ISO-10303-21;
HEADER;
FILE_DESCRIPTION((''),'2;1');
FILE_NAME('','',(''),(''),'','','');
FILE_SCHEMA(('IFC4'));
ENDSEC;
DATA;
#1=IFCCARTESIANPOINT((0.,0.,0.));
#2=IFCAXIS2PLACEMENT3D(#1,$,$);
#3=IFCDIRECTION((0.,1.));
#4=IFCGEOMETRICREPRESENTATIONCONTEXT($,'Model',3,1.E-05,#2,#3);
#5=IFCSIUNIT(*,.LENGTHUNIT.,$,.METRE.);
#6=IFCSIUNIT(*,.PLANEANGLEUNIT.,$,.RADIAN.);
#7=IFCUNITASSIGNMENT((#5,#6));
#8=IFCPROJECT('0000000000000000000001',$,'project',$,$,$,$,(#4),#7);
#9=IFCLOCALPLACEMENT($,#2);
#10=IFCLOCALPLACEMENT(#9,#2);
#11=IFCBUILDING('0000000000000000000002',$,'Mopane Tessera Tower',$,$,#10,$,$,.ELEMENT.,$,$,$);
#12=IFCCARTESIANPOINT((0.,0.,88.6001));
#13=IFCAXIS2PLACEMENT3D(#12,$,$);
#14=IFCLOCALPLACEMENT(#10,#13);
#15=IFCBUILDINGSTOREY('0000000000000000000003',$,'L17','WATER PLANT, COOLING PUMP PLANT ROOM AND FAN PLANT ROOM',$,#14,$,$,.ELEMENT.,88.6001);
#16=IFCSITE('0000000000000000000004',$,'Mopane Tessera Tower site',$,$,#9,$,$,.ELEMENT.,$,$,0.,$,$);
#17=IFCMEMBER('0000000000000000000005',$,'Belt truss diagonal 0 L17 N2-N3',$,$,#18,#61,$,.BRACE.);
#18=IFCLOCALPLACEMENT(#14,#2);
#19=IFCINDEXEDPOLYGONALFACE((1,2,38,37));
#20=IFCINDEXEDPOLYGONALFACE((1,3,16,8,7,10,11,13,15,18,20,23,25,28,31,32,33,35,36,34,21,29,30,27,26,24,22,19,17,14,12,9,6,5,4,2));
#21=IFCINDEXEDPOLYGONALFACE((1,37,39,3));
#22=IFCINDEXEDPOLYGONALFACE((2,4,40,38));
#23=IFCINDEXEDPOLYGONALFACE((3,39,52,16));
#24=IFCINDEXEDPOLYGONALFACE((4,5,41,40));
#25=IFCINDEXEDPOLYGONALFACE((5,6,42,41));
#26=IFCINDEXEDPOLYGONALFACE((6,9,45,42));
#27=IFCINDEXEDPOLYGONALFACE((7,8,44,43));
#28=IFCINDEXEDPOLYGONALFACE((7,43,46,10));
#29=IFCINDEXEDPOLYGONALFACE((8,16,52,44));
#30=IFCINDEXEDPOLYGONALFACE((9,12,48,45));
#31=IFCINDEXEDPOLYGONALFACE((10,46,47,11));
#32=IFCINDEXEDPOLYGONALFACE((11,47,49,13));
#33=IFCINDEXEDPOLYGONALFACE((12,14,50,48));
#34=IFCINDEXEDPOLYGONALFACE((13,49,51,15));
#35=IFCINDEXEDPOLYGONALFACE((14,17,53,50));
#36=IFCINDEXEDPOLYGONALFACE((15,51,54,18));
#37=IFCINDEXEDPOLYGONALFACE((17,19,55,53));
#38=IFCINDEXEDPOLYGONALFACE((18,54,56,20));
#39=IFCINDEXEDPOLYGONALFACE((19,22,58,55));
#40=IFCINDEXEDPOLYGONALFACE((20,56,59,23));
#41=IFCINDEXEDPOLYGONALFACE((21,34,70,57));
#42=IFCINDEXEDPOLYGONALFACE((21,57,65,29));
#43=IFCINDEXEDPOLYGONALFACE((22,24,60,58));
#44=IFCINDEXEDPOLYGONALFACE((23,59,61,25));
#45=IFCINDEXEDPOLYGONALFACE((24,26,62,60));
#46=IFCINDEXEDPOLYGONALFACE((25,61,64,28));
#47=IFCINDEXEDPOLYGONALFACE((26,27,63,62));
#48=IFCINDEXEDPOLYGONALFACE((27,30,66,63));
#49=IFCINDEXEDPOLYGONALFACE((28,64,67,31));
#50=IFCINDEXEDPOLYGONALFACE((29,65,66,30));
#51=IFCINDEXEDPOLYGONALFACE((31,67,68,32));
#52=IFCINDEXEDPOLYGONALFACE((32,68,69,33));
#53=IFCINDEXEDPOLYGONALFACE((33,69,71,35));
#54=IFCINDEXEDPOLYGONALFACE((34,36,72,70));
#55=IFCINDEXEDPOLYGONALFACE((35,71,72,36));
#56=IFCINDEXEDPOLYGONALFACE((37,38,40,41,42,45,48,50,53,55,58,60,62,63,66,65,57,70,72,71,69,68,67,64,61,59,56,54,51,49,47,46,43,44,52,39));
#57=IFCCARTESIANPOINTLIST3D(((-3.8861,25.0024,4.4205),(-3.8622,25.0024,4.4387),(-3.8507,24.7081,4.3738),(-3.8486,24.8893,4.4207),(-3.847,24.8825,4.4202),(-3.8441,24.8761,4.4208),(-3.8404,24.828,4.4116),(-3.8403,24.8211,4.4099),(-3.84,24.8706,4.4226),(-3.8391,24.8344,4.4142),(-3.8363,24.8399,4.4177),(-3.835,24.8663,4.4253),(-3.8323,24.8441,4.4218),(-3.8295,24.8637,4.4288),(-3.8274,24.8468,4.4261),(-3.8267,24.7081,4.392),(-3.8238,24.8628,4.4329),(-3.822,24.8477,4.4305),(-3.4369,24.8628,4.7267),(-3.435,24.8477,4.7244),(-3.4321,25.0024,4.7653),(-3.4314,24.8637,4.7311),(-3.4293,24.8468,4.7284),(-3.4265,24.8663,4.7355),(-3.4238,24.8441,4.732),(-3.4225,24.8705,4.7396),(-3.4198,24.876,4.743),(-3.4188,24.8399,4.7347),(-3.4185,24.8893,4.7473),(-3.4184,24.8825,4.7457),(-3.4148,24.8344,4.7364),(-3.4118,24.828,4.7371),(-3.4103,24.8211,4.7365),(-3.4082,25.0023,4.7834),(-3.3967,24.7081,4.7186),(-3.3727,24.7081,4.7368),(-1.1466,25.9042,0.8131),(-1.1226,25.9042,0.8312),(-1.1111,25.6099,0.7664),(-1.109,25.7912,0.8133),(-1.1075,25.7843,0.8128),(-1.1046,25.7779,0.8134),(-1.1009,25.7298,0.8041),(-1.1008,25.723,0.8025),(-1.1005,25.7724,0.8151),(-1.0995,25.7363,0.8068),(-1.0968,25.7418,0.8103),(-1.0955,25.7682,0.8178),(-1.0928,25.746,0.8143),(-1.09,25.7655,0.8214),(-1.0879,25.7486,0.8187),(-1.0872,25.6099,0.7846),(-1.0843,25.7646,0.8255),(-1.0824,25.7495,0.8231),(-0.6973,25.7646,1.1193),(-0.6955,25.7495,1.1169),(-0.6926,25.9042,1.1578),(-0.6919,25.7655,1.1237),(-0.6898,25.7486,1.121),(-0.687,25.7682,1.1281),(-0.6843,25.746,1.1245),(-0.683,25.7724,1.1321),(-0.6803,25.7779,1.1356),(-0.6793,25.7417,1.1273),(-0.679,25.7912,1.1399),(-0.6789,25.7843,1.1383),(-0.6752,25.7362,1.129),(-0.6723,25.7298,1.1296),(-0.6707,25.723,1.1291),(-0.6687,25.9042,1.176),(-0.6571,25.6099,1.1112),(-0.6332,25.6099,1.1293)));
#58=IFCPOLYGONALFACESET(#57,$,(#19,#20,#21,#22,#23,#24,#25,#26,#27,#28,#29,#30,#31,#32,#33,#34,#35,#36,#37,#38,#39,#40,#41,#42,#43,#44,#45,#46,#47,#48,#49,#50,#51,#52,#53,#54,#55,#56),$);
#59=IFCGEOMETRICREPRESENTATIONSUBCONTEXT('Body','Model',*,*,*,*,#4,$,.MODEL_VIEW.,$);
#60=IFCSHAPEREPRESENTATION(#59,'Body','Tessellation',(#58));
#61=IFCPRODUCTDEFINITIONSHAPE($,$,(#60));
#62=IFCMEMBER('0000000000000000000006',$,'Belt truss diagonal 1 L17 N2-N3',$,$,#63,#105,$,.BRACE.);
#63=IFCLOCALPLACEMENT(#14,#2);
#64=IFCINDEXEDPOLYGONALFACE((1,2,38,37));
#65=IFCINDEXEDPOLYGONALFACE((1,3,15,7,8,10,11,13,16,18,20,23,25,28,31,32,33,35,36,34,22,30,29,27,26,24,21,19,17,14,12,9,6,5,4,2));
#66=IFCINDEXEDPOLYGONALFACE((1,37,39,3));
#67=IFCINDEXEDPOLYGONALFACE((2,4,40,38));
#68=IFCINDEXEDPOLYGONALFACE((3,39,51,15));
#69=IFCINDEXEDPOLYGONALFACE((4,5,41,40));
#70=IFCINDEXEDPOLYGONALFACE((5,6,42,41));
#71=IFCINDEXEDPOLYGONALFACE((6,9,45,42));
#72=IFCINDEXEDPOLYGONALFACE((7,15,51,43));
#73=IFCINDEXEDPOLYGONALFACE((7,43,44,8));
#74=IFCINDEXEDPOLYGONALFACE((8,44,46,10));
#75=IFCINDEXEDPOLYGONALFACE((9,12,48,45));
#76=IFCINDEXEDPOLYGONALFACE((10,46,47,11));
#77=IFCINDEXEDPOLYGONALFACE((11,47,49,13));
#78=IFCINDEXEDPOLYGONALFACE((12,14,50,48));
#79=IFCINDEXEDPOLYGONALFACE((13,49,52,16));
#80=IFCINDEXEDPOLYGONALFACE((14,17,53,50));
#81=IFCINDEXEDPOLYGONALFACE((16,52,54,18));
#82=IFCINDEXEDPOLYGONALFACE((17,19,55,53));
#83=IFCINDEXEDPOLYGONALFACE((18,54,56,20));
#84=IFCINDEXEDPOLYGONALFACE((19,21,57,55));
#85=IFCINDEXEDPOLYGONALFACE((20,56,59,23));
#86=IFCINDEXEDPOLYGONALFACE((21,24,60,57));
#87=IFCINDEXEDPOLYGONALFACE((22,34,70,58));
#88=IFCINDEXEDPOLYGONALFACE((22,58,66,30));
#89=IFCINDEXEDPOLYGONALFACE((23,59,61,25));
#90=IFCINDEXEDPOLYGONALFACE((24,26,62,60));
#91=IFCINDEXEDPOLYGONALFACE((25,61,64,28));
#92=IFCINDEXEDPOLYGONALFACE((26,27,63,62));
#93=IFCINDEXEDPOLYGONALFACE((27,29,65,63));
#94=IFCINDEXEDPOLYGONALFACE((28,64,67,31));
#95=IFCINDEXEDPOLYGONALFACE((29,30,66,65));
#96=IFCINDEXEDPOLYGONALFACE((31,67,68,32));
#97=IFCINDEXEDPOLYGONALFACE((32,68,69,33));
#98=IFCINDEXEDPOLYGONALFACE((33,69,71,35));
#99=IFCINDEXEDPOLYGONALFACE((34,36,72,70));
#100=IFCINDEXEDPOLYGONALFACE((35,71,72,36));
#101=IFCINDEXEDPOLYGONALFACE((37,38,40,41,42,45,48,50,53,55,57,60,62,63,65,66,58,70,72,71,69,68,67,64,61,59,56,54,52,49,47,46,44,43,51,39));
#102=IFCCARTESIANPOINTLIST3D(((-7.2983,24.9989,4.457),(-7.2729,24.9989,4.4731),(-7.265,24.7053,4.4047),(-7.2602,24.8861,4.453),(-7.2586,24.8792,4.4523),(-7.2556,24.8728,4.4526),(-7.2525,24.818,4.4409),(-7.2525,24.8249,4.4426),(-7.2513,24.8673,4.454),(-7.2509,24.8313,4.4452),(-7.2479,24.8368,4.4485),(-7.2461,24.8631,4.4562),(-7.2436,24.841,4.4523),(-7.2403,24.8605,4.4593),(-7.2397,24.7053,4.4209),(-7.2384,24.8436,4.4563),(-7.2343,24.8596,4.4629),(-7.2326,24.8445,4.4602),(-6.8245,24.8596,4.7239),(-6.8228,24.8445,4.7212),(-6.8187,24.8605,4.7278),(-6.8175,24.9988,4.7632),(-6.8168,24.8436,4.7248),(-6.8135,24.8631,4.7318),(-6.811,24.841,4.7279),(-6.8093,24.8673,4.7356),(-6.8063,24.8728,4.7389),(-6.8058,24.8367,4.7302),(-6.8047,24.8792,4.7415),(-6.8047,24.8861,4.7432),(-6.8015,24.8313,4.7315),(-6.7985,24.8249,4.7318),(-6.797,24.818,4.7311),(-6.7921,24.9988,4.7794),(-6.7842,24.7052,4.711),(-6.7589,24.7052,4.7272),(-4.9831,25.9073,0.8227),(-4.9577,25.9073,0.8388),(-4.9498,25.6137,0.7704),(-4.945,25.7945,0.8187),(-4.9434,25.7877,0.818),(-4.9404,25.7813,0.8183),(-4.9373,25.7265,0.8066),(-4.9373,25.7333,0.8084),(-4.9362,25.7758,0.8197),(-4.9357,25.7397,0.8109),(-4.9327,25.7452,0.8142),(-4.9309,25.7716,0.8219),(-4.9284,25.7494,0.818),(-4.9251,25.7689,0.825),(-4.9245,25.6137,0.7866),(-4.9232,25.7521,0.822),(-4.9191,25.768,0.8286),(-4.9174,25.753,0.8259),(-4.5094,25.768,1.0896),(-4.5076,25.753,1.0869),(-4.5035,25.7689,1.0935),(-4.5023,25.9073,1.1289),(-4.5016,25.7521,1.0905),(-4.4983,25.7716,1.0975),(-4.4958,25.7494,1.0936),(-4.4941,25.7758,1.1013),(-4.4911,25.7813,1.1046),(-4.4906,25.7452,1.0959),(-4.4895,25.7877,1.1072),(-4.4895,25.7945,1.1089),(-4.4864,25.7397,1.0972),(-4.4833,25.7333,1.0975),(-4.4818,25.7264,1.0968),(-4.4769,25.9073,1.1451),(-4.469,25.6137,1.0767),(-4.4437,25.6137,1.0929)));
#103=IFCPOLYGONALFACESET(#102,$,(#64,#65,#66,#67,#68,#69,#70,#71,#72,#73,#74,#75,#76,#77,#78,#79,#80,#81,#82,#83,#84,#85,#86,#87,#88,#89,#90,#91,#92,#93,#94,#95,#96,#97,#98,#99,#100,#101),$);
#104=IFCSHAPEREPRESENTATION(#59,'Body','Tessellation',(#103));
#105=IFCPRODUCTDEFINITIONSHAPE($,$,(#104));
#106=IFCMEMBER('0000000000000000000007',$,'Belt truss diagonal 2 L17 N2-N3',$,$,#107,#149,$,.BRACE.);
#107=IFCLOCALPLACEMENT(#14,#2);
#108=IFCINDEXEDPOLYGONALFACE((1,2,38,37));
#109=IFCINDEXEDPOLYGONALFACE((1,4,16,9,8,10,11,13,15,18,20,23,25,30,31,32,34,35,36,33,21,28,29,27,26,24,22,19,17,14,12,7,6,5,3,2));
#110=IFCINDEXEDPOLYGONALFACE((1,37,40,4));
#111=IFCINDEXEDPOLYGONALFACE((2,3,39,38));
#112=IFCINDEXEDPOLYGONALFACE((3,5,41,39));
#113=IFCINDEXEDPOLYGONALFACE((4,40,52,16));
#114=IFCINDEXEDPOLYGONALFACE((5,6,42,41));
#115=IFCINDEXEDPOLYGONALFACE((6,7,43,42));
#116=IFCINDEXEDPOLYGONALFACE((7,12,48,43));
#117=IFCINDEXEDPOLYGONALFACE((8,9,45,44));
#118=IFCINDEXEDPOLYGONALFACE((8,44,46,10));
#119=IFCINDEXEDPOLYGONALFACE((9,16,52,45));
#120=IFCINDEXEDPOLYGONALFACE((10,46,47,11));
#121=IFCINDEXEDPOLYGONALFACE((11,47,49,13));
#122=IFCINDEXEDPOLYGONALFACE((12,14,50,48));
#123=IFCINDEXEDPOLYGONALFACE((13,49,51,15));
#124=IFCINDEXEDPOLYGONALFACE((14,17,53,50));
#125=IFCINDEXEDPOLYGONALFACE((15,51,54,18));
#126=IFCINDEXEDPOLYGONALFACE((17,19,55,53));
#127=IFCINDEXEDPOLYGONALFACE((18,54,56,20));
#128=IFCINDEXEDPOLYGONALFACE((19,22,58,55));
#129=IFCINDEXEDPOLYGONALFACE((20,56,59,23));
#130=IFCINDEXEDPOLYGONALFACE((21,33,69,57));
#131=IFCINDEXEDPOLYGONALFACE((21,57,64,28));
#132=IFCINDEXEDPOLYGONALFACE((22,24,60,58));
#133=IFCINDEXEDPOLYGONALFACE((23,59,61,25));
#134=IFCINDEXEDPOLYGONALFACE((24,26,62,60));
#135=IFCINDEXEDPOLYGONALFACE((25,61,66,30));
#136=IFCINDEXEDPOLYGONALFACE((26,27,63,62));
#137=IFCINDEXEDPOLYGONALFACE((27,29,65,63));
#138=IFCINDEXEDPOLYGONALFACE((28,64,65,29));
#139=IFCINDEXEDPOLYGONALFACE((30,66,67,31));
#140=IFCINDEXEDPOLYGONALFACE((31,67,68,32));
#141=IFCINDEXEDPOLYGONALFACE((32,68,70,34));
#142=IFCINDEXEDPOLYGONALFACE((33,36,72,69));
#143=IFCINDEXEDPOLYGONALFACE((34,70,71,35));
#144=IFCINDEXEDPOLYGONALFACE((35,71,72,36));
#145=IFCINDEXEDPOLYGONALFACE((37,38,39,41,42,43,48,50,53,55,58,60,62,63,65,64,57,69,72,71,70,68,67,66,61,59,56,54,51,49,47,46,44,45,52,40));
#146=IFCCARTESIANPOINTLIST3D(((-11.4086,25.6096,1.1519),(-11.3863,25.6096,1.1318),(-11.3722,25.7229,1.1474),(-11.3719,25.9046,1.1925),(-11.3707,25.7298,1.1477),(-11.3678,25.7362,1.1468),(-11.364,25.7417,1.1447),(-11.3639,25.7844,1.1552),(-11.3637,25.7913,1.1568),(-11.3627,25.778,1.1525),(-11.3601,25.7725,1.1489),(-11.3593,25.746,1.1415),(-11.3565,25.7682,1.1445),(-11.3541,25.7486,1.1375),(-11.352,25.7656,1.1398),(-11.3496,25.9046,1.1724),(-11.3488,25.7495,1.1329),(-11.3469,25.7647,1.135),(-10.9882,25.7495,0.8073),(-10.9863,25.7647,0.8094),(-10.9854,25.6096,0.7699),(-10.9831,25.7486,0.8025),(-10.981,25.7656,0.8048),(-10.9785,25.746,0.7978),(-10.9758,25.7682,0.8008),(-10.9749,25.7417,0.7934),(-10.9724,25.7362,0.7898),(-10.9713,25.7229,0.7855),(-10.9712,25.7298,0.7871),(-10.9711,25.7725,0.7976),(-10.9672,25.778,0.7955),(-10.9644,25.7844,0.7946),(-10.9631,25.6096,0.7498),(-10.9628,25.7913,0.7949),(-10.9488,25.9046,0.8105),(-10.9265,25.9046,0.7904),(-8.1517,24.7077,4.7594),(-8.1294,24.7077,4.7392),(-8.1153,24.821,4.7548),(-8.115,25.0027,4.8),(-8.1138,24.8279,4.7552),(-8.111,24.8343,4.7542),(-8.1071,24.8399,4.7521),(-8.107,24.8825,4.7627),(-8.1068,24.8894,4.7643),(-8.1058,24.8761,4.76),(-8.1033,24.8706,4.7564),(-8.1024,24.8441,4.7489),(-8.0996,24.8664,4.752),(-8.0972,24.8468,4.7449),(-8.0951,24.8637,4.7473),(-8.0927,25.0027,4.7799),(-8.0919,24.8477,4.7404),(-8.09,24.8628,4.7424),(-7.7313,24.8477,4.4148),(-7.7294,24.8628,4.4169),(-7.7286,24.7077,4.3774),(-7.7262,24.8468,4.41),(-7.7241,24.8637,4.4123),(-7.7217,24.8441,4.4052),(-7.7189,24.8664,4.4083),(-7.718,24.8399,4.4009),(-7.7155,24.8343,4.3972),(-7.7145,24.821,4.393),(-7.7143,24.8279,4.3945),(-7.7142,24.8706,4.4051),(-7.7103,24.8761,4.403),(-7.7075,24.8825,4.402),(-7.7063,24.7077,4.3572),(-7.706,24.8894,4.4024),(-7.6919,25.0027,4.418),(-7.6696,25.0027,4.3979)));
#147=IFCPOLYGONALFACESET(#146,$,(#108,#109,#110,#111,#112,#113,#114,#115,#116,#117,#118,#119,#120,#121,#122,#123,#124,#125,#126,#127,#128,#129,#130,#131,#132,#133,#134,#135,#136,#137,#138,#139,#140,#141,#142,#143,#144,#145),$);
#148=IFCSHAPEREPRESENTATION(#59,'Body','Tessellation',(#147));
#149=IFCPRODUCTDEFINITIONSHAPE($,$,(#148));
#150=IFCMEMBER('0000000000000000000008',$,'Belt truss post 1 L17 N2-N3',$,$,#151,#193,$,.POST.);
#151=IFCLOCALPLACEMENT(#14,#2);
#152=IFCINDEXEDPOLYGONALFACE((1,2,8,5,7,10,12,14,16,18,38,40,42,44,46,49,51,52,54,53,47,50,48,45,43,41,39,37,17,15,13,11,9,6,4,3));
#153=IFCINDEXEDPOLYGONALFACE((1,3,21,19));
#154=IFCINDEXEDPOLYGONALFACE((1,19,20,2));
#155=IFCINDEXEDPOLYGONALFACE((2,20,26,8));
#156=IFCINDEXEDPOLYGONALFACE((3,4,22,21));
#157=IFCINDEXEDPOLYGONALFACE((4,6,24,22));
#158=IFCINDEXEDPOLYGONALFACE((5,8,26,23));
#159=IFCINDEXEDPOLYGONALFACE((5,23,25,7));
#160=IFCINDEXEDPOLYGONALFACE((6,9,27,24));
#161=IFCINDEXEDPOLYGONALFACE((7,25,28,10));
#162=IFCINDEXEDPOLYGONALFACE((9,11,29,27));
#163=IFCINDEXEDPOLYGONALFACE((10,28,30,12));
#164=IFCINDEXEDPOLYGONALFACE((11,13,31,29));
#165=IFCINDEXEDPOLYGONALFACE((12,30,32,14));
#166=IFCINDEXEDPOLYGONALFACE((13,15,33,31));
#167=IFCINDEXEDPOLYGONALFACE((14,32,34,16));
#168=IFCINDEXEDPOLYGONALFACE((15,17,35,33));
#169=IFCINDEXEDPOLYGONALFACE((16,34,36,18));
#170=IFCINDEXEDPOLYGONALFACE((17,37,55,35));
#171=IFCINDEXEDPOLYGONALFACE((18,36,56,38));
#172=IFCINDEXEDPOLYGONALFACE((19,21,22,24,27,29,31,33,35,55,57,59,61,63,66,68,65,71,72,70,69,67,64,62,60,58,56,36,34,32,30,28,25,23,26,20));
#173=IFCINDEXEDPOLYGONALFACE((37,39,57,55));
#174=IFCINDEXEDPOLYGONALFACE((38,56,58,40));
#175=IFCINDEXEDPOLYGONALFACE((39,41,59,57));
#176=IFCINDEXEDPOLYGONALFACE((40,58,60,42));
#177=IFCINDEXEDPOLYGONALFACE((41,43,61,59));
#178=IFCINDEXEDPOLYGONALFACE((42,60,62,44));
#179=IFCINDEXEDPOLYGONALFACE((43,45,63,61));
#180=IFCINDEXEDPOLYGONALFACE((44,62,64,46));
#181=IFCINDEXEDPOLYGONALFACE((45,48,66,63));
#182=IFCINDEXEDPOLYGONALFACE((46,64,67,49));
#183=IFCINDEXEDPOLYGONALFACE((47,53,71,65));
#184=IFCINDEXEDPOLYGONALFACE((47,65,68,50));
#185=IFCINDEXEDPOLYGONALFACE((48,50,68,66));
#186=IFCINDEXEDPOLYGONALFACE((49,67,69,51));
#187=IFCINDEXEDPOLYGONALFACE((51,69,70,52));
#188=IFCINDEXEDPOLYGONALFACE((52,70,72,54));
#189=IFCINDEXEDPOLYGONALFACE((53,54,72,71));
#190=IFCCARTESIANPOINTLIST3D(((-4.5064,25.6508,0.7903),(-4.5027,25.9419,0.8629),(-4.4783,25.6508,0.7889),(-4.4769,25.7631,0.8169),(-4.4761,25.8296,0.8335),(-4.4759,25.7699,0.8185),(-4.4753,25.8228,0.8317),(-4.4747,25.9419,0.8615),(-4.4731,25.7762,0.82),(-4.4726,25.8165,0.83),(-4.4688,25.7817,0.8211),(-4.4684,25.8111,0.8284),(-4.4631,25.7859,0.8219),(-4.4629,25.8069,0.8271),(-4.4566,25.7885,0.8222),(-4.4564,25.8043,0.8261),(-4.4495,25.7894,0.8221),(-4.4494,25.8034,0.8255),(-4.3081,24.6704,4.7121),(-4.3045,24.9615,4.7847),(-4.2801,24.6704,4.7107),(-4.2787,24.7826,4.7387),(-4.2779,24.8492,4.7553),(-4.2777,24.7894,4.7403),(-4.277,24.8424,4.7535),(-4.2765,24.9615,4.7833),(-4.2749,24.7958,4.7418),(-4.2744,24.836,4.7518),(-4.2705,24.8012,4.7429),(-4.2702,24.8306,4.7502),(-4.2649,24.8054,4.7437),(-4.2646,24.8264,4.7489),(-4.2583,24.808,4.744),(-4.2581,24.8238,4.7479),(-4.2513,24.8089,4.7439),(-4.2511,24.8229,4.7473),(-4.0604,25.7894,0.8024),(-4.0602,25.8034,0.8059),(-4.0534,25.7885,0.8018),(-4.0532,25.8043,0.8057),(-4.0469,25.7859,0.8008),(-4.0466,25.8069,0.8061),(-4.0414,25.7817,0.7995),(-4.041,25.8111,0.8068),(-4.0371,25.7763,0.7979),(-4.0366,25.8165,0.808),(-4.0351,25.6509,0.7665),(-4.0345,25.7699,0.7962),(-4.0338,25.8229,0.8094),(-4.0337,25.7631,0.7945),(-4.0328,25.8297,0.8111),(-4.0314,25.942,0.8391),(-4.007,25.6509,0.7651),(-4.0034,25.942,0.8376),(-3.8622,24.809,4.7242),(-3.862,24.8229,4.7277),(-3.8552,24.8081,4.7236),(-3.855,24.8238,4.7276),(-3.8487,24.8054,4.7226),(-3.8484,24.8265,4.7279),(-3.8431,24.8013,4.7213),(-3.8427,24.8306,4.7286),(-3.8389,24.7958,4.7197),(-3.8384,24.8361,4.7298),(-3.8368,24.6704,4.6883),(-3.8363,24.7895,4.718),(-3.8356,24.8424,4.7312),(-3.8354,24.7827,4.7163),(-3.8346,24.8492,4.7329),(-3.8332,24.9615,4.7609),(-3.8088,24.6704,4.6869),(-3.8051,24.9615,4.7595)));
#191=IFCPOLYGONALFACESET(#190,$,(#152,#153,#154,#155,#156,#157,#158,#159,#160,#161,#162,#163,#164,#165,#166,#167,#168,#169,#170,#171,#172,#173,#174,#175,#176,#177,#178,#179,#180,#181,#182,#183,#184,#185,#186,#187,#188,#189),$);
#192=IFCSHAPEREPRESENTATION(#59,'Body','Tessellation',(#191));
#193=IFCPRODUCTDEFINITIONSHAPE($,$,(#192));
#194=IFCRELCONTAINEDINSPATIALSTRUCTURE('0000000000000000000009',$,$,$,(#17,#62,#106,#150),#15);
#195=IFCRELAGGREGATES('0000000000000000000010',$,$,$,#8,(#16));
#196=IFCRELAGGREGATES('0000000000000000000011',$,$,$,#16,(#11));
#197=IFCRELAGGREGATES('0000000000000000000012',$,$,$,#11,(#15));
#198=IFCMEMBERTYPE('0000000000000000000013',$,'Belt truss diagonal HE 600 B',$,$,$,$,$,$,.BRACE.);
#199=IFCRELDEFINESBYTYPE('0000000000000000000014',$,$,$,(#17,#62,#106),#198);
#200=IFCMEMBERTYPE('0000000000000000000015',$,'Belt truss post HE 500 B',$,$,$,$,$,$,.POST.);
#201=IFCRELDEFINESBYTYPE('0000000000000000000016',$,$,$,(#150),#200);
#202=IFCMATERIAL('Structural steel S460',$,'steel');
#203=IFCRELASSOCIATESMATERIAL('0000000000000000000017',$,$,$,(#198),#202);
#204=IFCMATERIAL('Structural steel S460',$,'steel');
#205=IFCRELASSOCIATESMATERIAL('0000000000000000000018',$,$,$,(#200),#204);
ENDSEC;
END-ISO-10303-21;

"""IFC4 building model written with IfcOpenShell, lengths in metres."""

from ifc_helpers import new_model, si_unit, direction, frame, origin, origin_2d, place, context, subcontext, project, spatial, i_section, extrude, material, material_profile, profile_set, type_object, element, save


model = new_model("IFC4")

# Units and contexts
model_context = context("Model", 3, precision=1e-05, world=origin(), true_north=direction((0.0, 1.0)))
body_context = subcontext(model_context, "Body", "Model", "MODEL_VIEW")
ifc_project = project(units=[si_unit("LENGTHUNIT", "METRE"), si_unit("PLANEANGLEUNIT", "RADIAN")], contexts=[model_context])

# Site, building, storey
site_placement = place(None, origin())
site = spatial("IfcSite", under=ifc_project, at=site_placement, Name="Mopane Tessera Tower site", CompositionType="ELEMENT", RefElevation=0.0)
building_placement = place(site_placement, origin())
building = spatial("IfcBuilding", under=site, at=building_placement, Name="Mopane Tessera Tower", CompositionType="ELEMENT")
storey_placement = place(building_placement, frame((0.0, 0.0, 88.6001)))
storey = spatial("IfcBuildingStorey", under=building, at=storey_placement, Name="L17", Description="WATER PLANT, COOLING PUMP PLANT ROOM AND FAN PLANT ROOM", CompositionType="ELEMENT", Elevation=88.6001)

# Members
ifc_material_1 = material(Name="Structural steel S460", Category="steel")
ifc_material_profile_1 = material_profile(ifc_material_1, i_section(OverallWidth=0.3, OverallDepth=0.6001, WebThickness=0.0154, FlangeThickness=0.03, FilletRadius=0.0271, at=origin_2d()))
ifc_profile_set_1 = profile_set([ifc_material_profile_1], Name="Structural steel S460")
member_type_1 = type_object("IfcMemberType", Name="Belt truss diagonal HE 600 B", PredefinedType="BRACE", material=ifc_profile_set_1)
member_1_placement = place(storey_placement, frame((-0.8899, 25.7571, 0.9712), z_axis=(-0.593142, -0.195265, 0.78106), x_axis=(0.118077, -0.980751, -0.155519)))
element("IfcMember", 1, at=member_1_placement, inside=storey, type_object=member_type_1, Name="Belt truss diagonal 0 L17 N2-N3", PredefinedType="BRACE", context=body_context, shape_type="SweptSolid", body=[
    extrude(i_section(OverallWidth=0.3, OverallDepth=0.6001, WebThickness=0.0154, FlangeThickness=0.03, FilletRadius=0.0271, at=origin_2d()), origin(), (0.0, 0.0, 1.0), 4.6187),
])
member_2_placement = place(storey_placement, frame((-4.7134, 25.7605, 0.9578), z_axis=(-0.525726, -0.206288, 0.825262), x_axis=(0.110803, -0.978491, -0.174004)))
element("IfcMember", 2, at=member_2_placement, inside=storey, type_object=member_type_1, Name="Belt truss diagonal 1 L17 N2-N3", PredefinedType="BRACE", context=body_context, shape_type="SweptSolid", body=[
    extrude(i_section(OverallWidth=0.3, OverallDepth=0.6001, WebThickness=0.0154, FlangeThickness=0.03, FilletRadius=0.0271, at=origin_2d()), origin(), (0.0, 0.0, 1.0), 4.4038),
])
member_3_placement = place(storey_placement, frame((-7.9106, 24.8552, 4.5786), z_axis=(-0.658871, 0.182449, -0.729796), x_axis=(-0.12226, -0.983215, -0.135426)))
element("IfcMember", 3, at=member_3_placement, inside=storey, type_object=member_type_1, Name="Belt truss diagonal 2 L17 N2-N3", PredefinedType="BRACE", context=body_context, shape_type="SweptSolid", body=[
    extrude(i_section(OverallWidth=0.3, OverallDepth=0.6001, WebThickness=0.0154, FlangeThickness=0.03, FilletRadius=0.0271, at=origin_2d()), origin(), (0.0, 0.0, 1.0), 4.9431),
])
ifc_material_2 = material(Name="Structural steel S460", Category="steel")
ifc_material_profile_2 = material_profile(ifc_material_2, i_section(OverallWidth=0.3, OverallDepth=0.5, WebThickness=0.0144, FlangeThickness=0.0281, FilletRadius=0.0271, at=origin_2d()))
ifc_profile_set_2 = profile_set([ifc_material_profile_2], Name="Structural steel S460")
member_type_2 = type_object("IfcMemberType", Name="Belt truss post HE 500 B", PredefinedType="POST", material=ifc_profile_set_2)
member_4_placement = place(storey_placement, frame((-4.2549, 25.7964, 0.814), z_axis=(0.04898, -0.242245, 0.968978), x_axis=(-0.012139, -0.970215, -0.24194)))
element("IfcMember", 4, at=member_4_placement, inside=storey, type_object=member_type_2, Name="Belt truss post 1 L17 N2-N3", PredefinedType="POST", context=body_context, shape_type="SweptSolid", body=[
    extrude(i_section(OverallWidth=0.3, OverallDepth=0.5, WebThickness=0.0144, FlangeThickness=0.0281, FilletRadius=0.0271, at=origin_2d()), origin(), (0.0, 0.0, 1.0), 4.0474),
])

save(model, "model.ifc")
